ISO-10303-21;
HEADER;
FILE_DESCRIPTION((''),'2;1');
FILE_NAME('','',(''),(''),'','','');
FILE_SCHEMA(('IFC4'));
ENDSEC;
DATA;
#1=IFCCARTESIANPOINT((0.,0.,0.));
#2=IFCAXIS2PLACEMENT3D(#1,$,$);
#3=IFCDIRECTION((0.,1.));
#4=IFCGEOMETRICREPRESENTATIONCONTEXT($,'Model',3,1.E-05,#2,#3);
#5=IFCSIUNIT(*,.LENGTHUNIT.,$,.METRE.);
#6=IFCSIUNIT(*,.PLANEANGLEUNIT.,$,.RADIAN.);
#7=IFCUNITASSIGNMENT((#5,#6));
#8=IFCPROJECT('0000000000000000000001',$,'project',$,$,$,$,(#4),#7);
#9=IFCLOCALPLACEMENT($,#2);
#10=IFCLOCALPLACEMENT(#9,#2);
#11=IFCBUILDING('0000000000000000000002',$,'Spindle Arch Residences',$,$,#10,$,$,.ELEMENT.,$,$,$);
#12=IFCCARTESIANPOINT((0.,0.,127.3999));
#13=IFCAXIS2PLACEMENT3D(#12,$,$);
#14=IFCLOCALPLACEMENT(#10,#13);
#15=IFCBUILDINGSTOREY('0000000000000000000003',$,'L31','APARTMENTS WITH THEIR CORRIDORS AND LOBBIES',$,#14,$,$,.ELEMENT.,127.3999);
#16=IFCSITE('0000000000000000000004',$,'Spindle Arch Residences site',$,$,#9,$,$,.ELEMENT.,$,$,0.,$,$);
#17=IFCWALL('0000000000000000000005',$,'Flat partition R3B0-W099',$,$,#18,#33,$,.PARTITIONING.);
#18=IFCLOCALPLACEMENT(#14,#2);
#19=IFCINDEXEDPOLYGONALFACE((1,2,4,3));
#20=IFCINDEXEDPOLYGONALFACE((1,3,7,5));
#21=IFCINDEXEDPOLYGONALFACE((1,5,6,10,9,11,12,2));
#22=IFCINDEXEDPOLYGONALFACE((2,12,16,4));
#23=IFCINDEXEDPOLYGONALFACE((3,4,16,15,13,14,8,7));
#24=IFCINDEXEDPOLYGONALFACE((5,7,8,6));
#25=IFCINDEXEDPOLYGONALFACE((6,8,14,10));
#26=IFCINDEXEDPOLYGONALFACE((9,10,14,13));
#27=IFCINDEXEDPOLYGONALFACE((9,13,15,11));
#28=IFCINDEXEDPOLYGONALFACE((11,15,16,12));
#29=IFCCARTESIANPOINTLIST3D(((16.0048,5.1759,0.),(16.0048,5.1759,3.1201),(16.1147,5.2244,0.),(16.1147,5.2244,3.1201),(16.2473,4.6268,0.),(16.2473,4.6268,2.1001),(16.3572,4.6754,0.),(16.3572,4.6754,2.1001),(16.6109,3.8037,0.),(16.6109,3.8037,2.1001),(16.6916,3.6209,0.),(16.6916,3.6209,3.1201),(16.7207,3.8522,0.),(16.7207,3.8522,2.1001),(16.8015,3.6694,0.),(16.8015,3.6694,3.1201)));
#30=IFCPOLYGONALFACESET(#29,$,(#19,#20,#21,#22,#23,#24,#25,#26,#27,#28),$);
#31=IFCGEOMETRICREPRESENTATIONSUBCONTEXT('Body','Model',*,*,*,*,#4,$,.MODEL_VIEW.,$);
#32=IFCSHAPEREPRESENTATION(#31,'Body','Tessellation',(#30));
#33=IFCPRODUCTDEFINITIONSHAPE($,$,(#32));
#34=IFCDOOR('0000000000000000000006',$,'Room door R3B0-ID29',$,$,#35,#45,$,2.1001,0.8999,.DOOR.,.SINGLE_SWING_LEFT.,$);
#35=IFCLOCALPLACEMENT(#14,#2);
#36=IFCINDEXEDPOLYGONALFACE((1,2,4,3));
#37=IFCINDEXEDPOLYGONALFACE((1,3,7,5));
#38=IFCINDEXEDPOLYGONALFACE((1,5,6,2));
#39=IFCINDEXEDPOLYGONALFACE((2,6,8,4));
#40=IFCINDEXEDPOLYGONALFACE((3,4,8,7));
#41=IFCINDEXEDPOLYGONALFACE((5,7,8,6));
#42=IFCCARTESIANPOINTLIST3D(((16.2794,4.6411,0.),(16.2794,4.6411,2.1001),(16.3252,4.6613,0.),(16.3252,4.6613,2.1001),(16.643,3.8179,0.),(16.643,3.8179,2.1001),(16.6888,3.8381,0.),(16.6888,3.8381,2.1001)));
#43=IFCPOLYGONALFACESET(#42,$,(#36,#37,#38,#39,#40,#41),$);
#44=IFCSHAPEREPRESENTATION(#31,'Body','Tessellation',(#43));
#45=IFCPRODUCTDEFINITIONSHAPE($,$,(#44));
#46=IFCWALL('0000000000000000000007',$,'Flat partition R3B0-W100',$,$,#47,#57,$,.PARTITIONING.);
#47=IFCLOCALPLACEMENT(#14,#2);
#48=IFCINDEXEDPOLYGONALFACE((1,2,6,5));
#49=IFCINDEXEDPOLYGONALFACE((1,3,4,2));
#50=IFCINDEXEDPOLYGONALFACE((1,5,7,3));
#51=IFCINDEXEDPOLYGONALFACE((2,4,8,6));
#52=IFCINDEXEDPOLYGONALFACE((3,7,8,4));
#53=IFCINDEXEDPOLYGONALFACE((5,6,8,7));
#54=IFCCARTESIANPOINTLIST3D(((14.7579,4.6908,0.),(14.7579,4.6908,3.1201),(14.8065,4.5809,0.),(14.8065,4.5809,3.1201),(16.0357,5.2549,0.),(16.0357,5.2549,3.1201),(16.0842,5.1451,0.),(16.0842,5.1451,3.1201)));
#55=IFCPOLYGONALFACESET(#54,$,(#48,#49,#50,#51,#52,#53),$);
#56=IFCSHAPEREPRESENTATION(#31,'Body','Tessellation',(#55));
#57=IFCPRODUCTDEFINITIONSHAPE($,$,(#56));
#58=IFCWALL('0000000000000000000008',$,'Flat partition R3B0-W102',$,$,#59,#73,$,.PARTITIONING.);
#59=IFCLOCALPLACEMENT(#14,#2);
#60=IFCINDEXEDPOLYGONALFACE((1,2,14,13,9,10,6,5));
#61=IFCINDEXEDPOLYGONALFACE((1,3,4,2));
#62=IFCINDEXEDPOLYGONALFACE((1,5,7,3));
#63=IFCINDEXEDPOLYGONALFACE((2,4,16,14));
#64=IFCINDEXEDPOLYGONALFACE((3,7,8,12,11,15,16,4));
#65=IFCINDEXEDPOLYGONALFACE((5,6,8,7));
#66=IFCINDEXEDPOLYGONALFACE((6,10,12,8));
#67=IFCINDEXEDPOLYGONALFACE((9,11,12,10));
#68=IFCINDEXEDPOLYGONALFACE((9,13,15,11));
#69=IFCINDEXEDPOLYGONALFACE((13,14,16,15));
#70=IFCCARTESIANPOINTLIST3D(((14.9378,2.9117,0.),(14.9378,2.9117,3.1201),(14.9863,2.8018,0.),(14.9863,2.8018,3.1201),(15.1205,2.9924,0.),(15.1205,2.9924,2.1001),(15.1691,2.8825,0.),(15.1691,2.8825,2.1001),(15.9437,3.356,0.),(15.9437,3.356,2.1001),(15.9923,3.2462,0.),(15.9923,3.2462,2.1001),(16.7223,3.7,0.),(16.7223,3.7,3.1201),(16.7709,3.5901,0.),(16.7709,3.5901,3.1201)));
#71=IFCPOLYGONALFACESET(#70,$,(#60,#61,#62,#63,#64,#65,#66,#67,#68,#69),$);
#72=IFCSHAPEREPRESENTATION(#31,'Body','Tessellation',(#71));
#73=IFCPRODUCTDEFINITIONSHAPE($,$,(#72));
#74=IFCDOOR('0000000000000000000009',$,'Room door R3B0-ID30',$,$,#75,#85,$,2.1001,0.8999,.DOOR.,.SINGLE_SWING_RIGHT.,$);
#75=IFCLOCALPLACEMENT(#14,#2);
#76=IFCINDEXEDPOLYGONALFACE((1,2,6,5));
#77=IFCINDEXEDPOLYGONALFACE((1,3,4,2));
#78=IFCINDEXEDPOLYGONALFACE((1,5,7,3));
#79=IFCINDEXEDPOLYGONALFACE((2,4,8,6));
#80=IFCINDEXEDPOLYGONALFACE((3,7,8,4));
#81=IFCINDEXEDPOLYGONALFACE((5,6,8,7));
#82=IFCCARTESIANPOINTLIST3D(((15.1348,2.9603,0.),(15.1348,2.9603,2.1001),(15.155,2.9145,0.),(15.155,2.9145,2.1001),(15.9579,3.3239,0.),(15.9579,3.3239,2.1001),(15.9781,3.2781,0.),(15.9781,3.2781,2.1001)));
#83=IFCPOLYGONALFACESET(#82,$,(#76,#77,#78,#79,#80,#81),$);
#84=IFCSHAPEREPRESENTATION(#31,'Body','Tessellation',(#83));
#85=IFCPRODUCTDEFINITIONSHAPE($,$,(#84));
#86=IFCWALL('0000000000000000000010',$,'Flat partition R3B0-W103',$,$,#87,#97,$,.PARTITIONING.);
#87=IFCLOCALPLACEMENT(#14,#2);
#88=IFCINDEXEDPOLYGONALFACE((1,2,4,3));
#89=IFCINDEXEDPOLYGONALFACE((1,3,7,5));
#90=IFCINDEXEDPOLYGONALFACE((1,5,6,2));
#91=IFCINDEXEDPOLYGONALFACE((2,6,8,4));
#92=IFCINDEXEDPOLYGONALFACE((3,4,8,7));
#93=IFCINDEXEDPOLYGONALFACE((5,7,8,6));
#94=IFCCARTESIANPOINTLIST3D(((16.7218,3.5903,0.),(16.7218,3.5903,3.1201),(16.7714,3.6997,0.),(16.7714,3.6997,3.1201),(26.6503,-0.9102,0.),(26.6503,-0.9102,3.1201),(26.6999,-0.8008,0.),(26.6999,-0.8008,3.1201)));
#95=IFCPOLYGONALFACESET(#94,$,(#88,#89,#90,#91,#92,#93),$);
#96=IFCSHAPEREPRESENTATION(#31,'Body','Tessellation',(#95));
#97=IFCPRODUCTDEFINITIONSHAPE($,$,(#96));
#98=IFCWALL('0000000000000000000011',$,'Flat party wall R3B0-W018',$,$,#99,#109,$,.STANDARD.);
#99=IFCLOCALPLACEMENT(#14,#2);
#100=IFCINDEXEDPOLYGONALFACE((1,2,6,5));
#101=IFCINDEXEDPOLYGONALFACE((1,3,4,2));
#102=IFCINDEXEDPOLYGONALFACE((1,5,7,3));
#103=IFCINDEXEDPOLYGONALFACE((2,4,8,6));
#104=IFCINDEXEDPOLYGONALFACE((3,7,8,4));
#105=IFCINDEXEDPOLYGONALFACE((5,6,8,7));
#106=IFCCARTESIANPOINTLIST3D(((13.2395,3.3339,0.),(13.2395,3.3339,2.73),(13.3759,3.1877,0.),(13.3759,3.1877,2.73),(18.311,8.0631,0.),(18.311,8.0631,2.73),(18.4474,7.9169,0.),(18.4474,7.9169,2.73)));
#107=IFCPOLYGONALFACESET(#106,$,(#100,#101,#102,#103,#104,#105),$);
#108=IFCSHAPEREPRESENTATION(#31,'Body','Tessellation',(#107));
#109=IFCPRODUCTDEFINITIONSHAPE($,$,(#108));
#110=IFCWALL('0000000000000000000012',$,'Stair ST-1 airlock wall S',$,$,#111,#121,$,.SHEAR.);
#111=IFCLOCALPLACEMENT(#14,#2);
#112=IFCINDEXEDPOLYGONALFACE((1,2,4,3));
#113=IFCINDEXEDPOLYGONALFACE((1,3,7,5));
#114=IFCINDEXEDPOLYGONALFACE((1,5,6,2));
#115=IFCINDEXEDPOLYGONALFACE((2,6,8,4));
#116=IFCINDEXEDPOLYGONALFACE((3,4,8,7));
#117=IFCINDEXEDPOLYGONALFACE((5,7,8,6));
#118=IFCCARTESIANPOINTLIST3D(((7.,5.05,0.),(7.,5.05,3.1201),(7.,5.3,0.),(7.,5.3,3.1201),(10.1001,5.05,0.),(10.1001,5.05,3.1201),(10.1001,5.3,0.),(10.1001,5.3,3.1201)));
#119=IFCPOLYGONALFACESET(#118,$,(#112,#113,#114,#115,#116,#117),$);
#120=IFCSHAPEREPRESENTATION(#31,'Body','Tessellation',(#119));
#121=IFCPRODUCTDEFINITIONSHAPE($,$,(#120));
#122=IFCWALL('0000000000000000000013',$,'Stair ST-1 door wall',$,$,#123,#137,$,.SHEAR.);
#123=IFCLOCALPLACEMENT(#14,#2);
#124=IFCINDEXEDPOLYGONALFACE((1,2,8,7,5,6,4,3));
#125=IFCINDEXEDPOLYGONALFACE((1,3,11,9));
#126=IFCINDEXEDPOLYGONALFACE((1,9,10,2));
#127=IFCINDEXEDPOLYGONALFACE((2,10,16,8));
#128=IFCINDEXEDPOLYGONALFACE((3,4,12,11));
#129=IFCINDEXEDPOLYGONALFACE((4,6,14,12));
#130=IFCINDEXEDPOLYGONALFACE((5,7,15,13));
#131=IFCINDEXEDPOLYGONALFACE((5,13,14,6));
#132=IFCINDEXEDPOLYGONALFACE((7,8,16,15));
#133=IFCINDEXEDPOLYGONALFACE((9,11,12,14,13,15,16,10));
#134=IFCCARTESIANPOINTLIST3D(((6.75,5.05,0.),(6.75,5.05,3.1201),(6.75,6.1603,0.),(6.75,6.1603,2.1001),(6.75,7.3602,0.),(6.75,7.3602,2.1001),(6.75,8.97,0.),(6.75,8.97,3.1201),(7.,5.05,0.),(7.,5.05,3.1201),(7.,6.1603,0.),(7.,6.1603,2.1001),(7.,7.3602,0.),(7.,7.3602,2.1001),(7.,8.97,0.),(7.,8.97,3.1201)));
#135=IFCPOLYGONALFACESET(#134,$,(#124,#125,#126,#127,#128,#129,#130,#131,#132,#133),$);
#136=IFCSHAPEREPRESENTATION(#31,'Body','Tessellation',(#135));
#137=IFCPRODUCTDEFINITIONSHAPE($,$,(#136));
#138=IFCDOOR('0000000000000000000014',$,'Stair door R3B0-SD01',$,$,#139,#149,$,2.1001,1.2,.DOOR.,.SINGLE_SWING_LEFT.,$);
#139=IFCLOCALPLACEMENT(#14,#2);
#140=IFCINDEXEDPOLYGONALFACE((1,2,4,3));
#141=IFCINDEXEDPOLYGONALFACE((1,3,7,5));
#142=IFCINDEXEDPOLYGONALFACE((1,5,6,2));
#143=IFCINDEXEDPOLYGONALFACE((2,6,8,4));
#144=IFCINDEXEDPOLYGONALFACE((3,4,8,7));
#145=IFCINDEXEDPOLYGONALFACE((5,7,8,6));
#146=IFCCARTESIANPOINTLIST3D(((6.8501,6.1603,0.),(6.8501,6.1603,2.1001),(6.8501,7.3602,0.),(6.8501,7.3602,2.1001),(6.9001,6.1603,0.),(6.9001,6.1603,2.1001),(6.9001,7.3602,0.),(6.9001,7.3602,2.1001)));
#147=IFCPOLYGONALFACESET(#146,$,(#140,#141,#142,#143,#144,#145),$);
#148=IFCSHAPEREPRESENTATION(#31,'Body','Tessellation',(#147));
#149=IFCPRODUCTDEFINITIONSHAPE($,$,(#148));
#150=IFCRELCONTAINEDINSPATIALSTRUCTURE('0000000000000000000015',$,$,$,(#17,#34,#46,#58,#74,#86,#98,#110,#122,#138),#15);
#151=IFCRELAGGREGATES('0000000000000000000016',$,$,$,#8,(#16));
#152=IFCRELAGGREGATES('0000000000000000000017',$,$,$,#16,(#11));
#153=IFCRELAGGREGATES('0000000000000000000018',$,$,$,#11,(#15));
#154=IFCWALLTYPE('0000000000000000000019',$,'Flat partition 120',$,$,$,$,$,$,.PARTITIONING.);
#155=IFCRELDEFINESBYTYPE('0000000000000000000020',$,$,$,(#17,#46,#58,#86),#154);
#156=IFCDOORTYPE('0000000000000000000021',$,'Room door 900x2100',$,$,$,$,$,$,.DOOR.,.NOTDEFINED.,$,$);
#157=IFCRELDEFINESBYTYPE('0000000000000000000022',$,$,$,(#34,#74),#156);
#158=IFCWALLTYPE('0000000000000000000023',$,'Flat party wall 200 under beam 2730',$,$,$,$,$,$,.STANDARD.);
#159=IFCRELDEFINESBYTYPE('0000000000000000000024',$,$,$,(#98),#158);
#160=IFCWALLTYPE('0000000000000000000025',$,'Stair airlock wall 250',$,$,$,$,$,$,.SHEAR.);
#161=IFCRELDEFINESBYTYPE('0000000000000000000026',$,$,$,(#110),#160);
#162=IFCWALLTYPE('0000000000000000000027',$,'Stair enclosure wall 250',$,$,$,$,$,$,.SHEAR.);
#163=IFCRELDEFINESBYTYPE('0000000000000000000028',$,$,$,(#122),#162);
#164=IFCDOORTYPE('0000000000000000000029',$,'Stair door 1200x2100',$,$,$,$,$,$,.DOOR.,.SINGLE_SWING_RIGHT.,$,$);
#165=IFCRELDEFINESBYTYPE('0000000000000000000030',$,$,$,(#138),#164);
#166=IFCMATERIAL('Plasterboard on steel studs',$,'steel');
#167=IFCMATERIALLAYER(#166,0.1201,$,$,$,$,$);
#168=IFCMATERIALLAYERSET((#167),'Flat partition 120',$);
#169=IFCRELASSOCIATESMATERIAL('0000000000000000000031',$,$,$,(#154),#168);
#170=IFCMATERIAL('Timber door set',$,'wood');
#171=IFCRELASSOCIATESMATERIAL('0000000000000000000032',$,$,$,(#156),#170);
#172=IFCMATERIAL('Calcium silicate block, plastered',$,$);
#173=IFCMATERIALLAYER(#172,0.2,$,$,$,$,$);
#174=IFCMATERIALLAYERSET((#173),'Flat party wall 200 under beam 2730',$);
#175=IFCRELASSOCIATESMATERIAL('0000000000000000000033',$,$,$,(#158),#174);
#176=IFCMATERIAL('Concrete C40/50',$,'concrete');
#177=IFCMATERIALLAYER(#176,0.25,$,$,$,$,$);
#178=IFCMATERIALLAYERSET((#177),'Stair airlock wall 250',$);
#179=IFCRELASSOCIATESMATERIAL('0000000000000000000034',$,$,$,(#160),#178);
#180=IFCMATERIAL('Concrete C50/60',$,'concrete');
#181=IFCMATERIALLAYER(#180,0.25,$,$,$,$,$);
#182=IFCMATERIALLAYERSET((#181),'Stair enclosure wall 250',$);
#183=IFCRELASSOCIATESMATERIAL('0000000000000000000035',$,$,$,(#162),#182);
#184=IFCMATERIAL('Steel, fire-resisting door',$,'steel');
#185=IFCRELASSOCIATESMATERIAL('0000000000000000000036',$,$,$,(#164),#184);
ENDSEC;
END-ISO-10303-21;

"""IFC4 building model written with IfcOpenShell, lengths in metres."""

from ifc_helpers import new_model, si_unit, direction, frame, frame_2d, origin, place, context, subcontext, project, spatial, rectangle, extrude, material, layer, layer_set, type_object, element, fill, save


model = new_model("IFC4")

# Units and contexts
model_context = context("Model", 3, precision=1e-05, world=origin(), true_north=direction((0.0, 1.0)))
body_context = subcontext(model_context, "Body", "Model", "MODEL_VIEW")
ifc_project = project(units=[si_unit("LENGTHUNIT", "METRE"), si_unit("PLANEANGLEUNIT", "RADIAN")], contexts=[model_context])

# Site, building, storey
site_placement = place(None, origin())
site = spatial("IfcSite", under=ifc_project, at=site_placement, Name="Spindle Arch Residences site", CompositionType="ELEMENT", RefElevation=0.0)
building_placement = place(site_placement, origin())
building = spatial("IfcBuilding", under=site, at=building_placement, Name="Spindle Arch Residences", CompositionType="ELEMENT")
storey_placement = place(building_placement, frame((0.0, 0.0, 127.3999)))
storey = spatial("IfcBuildingStorey", under=building, at=storey_placement, Name="L31", Description="APARTMENTS WITH THEIR CORRIDORS AND LOBBIES", CompositionType="ELEMENT", Elevation=127.3999)

# Shared definitions
ifc_material_1 = material(Name="Plasterboard on steel studs", Category="steel")
ifc_layer_1 = layer(ifc_material_1, 0.1201)
ifc_layer_set_1 = layer_set([ifc_layer_1], Name="Flat partition 120")
wall_type_1 = type_object("IfcWallType", Name="Flat partition 120", PredefinedType="PARTITIONING", material=ifc_layer_set_1)
ifc_material_2 = material(Name="Timber door set", Category="wood")
door_type_1 = type_object("IfcDoorType", Name="Room door 900x2100", OperationType="NOTDEFINED", PredefinedType="DOOR", material=ifc_material_2)

# Wall, opening, door
wall_1_placement = place(storey_placement, frame((16.7466, 3.645, 0.0), z_axis=(0.0, 0.0, 1.0), x_axis=(-0.404019, 0.914751, 0.0)))
wall_1 = element("IfcWall", 1, at=wall_1_placement, inside=storey, type_object=wall_type_1, Name="Flat partition R3B0-W099", PredefinedType="PARTITIONING", context=body_context, shape_type="SweptSolid", body=[
    extrude(rectangle(XDim=1.7, YDim=0.1201, at=frame_2d((0.8501, 0.0))), origin(), (0.0, 0.0, 1.0), 3.1201),
])
opening_1_placement = place(wall_1_placement, frame((0.2, 0.0, 0.0)))
opening_1 = element("IfcOpeningElement", 2, at=opening_1_placement, cuts=wall_1, PredefinedType="OPENING", context=body_context, shape_type="SweptSolid", body=[
    extrude(rectangle(XDim=0.8999, YDim=2.1001, at=frame_2d((0.45, 1.05))), frame((0.0, 0.0701, 0.0), z_axis=(0.0, -1.0, 0.0), x_axis=(1.0, 0.0, 0.0)), (0.0, 0.0, 1.0), 0.1401),
])
door_1_placement = place(opening_1_placement, origin())
door_1 = element("IfcDoor", 3, at=door_1_placement, inside=storey, type_object=door_type_1, Name="Room door R3B0-ID29", OperationType="SINGLE_SWING_LEFT", OverallHeight=2.1001, OverallWidth=0.8999, PredefinedType="DOOR", context=body_context, shape_type="SweptSolid", body=[
    extrude(rectangle(XDim=0.8999, YDim=2.1001, at=frame_2d((0.45, 1.05))), frame((0.0, 0.0249, 0.0), z_axis=(0.0, -1.0, 0.0), x_axis=(1.0, 0.0, 0.0)), (0.0, 0.0, 1.0), 0.05),
])
fill(opening_1, door_1)

# Wall
wall_2_placement = place(storey_placement, frame((16.0598, 5.2, 0.0), z_axis=(0.0, 0.0, 1.0), x_axis=(-0.914796, -0.403916, 0.0)))
element("IfcWall", 4, at=wall_2_placement, inside=storey, type_object=wall_type_1, Name="Flat partition R3B0-W100", PredefinedType="PARTITIONING", context=body_context, shape_type="SweptSolid", body=[
    extrude(rectangle(XDim=1.3967, YDim=0.1201, at=frame_2d((0.6982, 0.0))), origin(), (0.0, 0.0, 1.0), 3.1201),
])

# Wall, opening, door
wall_3_placement = place(storey_placement, frame((14.9619, 2.8567, 0.0), z_axis=(0.0, 0.0, 1.0), x_axis=(0.914733, 0.404059, 0.0)))
wall_3 = element("IfcWall", 5, at=wall_3_placement, inside=storey, type_object=wall_type_1, Name="Flat partition R3B0-W102", PredefinedType="PARTITIONING", context=body_context, shape_type="SweptSolid", body=[
    extrude(rectangle(XDim=1.9509, YDim=0.1201, at=frame_2d((0.9756, 0.0))), origin(), (0.0, 0.0, 1.0), 3.1201),
])
opening_2_placement = place(wall_3_placement, frame((0.2, 0.0, 0.0)))
opening_2 = element("IfcOpeningElement", 6, at=opening_2_placement, cuts=wall_3, PredefinedType="OPENING", context=body_context, shape_type="SweptSolid", body=[
    extrude(rectangle(XDim=0.8999, YDim=2.1001, at=frame_2d((0.45, 1.05))), frame((0.0, 0.0701, 0.0), z_axis=(0.0, -1.0, 0.0), x_axis=(1.0, 0.0, 0.0)), (0.0, 0.0, 1.0), 0.1401),
])
door_2_placement = place(opening_2_placement, origin())
door_2 = element("IfcDoor", 7, at=door_2_placement, inside=storey, type_object=door_type_1, Name="Room door R3B0-ID30", OperationType="SINGLE_SWING_RIGHT", OverallHeight=2.1001, OverallWidth=0.8999, PredefinedType="DOOR", context=body_context, shape_type="SweptSolid", body=[
    extrude(rectangle(XDim=0.8999, YDim=2.1001, at=frame_2d((0.45, 1.05))), frame((0.0, 0.0249, 0.0), z_axis=(0.0, -1.0, 0.0), x_axis=(1.0, 0.0, 0.0)), (0.0, 0.0, 1.0), 0.05),
])
fill(opening_2, door_2)

# Walls
wall_4_placement = place(storey_placement, frame((16.7466, 3.645, 0.0), z_axis=(0.0, 0.0, 1.0), x_axis=(0.910796, -0.412856, 0.0)))
element("IfcWall", 8, at=wall_4_placement, inside=storey, type_object=wall_type_1, Name="Flat partition R3B0-W103", PredefinedType="PARTITIONING", context=body_context, shape_type="SweptSolid", body=[
    extrude(rectangle(XDim=10.9009, YDim=0.1201, at=frame_2d((5.4504, 0.0))), origin(), (0.0, 0.0, 1.0), 3.1201),
])
ifc_material_3 = material(Name="Calcium silicate block, plastered")
ifc_layer_2 = layer(ifc_material_3, 0.2)
ifc_layer_set_2 = layer_set([ifc_layer_2], Name="Flat party wall 200 under beam 2730")
wall_type_2 = type_object("IfcWallType", Name="Flat party wall 200 under beam 2730", PredefinedType="STANDARD", material=ifc_layer_set_2)
wall_5_placement = place(storey_placement, frame((13.3076, 3.2607, 0.0), z_axis=(0.0, 0.0, 1.0), x_axis=(0.731356, 0.681996, 0.0)))
element("IfcWall", 9, at=wall_5_placement, inside=storey, type_object=wall_type_2, Name="Flat party wall R3B0-W018", PredefinedType="STANDARD", context=body_context, shape_type="SweptSolid", body=[
    extrude(rectangle(XDim=6.9343, YDim=0.2, at=frame_2d((3.4673, 0.0))), origin(), (0.0, 0.0, 1.0), 2.73),
])
ifc_material_4 = material(Name="Concrete C40/50", Category="concrete")
ifc_layer_3 = layer(ifc_material_4, 0.25)
ifc_layer_set_3 = layer_set([ifc_layer_3], Name="Stair airlock wall 250")
wall_type_3 = type_object("IfcWallType", Name="Stair airlock wall 250", PredefinedType="SHEAR", material=ifc_layer_set_3)
wall_6_placement = place(storey_placement, frame((7.0, 5.175, 0.0), z_axis=(0.0, 0.0, 1.0), x_axis=(1.0, 0.0, 0.0)))
element("IfcWall", 10, at=wall_6_placement, inside=storey, type_object=wall_type_3, Name="Stair ST-1 airlock wall S", PredefinedType="SHEAR", context=body_context, shape_type="SweptSolid", body=[
    extrude(rectangle(XDim=3.1001, YDim=0.25, at=frame_2d((1.55, 0.0))), origin(), (0.0, 0.0, 1.0), 3.1201),
])

# Wall, opening, door
ifc_material_5 = material(Name="Concrete C50/60", Category="concrete")
ifc_layer_4 = layer(ifc_material_5, 0.25)
ifc_layer_set_4 = layer_set([ifc_layer_4], Name="Stair enclosure wall 250")
wall_type_4 = type_object("IfcWallType", Name="Stair enclosure wall 250", PredefinedType="SHEAR", material=ifc_layer_set_4)
wall_7_placement = place(storey_placement, frame((6.875, 5.05, 0.0), z_axis=(0.0, 0.0, 1.0), x_axis=(0.0, 1.0, 0.0)))
wall_7 = element("IfcWall", 11, at=wall_7_placement, inside=storey, type_object=wall_type_4, Name="Stair ST-1 door wall", PredefinedType="SHEAR", context=body_context, shape_type="SweptSolid", body=[
    extrude(rectangle(XDim=3.9199, YDim=0.25, at=frame_2d((1.96, 0.0))), origin(), (0.0, 0.0, 1.0), 3.1201),
])
opening_3_placement = place(wall_7_placement, frame((1.1101, 0.0, 0.0)))
opening_3 = element("IfcOpeningElement", 12, at=opening_3_placement, cuts=wall_7, PredefinedType="OPENING", context=body_context, shape_type="SweptSolid", body=[
    extrude(rectangle(XDim=1.2, YDim=2.1001, at=frame_2d((0.6001, 1.05))), frame((0.0, 0.135, 0.0), z_axis=(0.0, -1.0, 0.0), x_axis=(1.0, 0.0, 0.0)), (0.0, 0.0, 1.0), 0.27),
])
ifc_material_6 = material(Name="Steel, fire-resisting door", Category="steel")
door_type_2 = type_object("IfcDoorType", Name="Stair door 1200x2100", OperationType="SINGLE_SWING_RIGHT", PredefinedType="DOOR", material=ifc_material_6)
door_3_placement = place(opening_3_placement, origin())
door_3 = element("IfcDoor", 13, at=door_3_placement, inside=storey, type_object=door_type_2, Name="Stair door R3B0-SD01", OperationType="SINGLE_SWING_LEFT", OverallHeight=2.1001, OverallWidth=1.2, PredefinedType="DOOR", context=body_context, shape_type="SweptSolid", body=[
    extrude(rectangle(XDim=1.2, YDim=2.1001, at=frame_2d((0.6001, 1.05))), frame((0.0, 0.0249, 0.0), z_axis=(0.0, -1.0, 0.0), x_axis=(1.0, 0.0, 0.0)), (0.0, 0.0, 1.0), 0.05),
])
fill(opening_3, door_3)

save(model, "model.ifc")
